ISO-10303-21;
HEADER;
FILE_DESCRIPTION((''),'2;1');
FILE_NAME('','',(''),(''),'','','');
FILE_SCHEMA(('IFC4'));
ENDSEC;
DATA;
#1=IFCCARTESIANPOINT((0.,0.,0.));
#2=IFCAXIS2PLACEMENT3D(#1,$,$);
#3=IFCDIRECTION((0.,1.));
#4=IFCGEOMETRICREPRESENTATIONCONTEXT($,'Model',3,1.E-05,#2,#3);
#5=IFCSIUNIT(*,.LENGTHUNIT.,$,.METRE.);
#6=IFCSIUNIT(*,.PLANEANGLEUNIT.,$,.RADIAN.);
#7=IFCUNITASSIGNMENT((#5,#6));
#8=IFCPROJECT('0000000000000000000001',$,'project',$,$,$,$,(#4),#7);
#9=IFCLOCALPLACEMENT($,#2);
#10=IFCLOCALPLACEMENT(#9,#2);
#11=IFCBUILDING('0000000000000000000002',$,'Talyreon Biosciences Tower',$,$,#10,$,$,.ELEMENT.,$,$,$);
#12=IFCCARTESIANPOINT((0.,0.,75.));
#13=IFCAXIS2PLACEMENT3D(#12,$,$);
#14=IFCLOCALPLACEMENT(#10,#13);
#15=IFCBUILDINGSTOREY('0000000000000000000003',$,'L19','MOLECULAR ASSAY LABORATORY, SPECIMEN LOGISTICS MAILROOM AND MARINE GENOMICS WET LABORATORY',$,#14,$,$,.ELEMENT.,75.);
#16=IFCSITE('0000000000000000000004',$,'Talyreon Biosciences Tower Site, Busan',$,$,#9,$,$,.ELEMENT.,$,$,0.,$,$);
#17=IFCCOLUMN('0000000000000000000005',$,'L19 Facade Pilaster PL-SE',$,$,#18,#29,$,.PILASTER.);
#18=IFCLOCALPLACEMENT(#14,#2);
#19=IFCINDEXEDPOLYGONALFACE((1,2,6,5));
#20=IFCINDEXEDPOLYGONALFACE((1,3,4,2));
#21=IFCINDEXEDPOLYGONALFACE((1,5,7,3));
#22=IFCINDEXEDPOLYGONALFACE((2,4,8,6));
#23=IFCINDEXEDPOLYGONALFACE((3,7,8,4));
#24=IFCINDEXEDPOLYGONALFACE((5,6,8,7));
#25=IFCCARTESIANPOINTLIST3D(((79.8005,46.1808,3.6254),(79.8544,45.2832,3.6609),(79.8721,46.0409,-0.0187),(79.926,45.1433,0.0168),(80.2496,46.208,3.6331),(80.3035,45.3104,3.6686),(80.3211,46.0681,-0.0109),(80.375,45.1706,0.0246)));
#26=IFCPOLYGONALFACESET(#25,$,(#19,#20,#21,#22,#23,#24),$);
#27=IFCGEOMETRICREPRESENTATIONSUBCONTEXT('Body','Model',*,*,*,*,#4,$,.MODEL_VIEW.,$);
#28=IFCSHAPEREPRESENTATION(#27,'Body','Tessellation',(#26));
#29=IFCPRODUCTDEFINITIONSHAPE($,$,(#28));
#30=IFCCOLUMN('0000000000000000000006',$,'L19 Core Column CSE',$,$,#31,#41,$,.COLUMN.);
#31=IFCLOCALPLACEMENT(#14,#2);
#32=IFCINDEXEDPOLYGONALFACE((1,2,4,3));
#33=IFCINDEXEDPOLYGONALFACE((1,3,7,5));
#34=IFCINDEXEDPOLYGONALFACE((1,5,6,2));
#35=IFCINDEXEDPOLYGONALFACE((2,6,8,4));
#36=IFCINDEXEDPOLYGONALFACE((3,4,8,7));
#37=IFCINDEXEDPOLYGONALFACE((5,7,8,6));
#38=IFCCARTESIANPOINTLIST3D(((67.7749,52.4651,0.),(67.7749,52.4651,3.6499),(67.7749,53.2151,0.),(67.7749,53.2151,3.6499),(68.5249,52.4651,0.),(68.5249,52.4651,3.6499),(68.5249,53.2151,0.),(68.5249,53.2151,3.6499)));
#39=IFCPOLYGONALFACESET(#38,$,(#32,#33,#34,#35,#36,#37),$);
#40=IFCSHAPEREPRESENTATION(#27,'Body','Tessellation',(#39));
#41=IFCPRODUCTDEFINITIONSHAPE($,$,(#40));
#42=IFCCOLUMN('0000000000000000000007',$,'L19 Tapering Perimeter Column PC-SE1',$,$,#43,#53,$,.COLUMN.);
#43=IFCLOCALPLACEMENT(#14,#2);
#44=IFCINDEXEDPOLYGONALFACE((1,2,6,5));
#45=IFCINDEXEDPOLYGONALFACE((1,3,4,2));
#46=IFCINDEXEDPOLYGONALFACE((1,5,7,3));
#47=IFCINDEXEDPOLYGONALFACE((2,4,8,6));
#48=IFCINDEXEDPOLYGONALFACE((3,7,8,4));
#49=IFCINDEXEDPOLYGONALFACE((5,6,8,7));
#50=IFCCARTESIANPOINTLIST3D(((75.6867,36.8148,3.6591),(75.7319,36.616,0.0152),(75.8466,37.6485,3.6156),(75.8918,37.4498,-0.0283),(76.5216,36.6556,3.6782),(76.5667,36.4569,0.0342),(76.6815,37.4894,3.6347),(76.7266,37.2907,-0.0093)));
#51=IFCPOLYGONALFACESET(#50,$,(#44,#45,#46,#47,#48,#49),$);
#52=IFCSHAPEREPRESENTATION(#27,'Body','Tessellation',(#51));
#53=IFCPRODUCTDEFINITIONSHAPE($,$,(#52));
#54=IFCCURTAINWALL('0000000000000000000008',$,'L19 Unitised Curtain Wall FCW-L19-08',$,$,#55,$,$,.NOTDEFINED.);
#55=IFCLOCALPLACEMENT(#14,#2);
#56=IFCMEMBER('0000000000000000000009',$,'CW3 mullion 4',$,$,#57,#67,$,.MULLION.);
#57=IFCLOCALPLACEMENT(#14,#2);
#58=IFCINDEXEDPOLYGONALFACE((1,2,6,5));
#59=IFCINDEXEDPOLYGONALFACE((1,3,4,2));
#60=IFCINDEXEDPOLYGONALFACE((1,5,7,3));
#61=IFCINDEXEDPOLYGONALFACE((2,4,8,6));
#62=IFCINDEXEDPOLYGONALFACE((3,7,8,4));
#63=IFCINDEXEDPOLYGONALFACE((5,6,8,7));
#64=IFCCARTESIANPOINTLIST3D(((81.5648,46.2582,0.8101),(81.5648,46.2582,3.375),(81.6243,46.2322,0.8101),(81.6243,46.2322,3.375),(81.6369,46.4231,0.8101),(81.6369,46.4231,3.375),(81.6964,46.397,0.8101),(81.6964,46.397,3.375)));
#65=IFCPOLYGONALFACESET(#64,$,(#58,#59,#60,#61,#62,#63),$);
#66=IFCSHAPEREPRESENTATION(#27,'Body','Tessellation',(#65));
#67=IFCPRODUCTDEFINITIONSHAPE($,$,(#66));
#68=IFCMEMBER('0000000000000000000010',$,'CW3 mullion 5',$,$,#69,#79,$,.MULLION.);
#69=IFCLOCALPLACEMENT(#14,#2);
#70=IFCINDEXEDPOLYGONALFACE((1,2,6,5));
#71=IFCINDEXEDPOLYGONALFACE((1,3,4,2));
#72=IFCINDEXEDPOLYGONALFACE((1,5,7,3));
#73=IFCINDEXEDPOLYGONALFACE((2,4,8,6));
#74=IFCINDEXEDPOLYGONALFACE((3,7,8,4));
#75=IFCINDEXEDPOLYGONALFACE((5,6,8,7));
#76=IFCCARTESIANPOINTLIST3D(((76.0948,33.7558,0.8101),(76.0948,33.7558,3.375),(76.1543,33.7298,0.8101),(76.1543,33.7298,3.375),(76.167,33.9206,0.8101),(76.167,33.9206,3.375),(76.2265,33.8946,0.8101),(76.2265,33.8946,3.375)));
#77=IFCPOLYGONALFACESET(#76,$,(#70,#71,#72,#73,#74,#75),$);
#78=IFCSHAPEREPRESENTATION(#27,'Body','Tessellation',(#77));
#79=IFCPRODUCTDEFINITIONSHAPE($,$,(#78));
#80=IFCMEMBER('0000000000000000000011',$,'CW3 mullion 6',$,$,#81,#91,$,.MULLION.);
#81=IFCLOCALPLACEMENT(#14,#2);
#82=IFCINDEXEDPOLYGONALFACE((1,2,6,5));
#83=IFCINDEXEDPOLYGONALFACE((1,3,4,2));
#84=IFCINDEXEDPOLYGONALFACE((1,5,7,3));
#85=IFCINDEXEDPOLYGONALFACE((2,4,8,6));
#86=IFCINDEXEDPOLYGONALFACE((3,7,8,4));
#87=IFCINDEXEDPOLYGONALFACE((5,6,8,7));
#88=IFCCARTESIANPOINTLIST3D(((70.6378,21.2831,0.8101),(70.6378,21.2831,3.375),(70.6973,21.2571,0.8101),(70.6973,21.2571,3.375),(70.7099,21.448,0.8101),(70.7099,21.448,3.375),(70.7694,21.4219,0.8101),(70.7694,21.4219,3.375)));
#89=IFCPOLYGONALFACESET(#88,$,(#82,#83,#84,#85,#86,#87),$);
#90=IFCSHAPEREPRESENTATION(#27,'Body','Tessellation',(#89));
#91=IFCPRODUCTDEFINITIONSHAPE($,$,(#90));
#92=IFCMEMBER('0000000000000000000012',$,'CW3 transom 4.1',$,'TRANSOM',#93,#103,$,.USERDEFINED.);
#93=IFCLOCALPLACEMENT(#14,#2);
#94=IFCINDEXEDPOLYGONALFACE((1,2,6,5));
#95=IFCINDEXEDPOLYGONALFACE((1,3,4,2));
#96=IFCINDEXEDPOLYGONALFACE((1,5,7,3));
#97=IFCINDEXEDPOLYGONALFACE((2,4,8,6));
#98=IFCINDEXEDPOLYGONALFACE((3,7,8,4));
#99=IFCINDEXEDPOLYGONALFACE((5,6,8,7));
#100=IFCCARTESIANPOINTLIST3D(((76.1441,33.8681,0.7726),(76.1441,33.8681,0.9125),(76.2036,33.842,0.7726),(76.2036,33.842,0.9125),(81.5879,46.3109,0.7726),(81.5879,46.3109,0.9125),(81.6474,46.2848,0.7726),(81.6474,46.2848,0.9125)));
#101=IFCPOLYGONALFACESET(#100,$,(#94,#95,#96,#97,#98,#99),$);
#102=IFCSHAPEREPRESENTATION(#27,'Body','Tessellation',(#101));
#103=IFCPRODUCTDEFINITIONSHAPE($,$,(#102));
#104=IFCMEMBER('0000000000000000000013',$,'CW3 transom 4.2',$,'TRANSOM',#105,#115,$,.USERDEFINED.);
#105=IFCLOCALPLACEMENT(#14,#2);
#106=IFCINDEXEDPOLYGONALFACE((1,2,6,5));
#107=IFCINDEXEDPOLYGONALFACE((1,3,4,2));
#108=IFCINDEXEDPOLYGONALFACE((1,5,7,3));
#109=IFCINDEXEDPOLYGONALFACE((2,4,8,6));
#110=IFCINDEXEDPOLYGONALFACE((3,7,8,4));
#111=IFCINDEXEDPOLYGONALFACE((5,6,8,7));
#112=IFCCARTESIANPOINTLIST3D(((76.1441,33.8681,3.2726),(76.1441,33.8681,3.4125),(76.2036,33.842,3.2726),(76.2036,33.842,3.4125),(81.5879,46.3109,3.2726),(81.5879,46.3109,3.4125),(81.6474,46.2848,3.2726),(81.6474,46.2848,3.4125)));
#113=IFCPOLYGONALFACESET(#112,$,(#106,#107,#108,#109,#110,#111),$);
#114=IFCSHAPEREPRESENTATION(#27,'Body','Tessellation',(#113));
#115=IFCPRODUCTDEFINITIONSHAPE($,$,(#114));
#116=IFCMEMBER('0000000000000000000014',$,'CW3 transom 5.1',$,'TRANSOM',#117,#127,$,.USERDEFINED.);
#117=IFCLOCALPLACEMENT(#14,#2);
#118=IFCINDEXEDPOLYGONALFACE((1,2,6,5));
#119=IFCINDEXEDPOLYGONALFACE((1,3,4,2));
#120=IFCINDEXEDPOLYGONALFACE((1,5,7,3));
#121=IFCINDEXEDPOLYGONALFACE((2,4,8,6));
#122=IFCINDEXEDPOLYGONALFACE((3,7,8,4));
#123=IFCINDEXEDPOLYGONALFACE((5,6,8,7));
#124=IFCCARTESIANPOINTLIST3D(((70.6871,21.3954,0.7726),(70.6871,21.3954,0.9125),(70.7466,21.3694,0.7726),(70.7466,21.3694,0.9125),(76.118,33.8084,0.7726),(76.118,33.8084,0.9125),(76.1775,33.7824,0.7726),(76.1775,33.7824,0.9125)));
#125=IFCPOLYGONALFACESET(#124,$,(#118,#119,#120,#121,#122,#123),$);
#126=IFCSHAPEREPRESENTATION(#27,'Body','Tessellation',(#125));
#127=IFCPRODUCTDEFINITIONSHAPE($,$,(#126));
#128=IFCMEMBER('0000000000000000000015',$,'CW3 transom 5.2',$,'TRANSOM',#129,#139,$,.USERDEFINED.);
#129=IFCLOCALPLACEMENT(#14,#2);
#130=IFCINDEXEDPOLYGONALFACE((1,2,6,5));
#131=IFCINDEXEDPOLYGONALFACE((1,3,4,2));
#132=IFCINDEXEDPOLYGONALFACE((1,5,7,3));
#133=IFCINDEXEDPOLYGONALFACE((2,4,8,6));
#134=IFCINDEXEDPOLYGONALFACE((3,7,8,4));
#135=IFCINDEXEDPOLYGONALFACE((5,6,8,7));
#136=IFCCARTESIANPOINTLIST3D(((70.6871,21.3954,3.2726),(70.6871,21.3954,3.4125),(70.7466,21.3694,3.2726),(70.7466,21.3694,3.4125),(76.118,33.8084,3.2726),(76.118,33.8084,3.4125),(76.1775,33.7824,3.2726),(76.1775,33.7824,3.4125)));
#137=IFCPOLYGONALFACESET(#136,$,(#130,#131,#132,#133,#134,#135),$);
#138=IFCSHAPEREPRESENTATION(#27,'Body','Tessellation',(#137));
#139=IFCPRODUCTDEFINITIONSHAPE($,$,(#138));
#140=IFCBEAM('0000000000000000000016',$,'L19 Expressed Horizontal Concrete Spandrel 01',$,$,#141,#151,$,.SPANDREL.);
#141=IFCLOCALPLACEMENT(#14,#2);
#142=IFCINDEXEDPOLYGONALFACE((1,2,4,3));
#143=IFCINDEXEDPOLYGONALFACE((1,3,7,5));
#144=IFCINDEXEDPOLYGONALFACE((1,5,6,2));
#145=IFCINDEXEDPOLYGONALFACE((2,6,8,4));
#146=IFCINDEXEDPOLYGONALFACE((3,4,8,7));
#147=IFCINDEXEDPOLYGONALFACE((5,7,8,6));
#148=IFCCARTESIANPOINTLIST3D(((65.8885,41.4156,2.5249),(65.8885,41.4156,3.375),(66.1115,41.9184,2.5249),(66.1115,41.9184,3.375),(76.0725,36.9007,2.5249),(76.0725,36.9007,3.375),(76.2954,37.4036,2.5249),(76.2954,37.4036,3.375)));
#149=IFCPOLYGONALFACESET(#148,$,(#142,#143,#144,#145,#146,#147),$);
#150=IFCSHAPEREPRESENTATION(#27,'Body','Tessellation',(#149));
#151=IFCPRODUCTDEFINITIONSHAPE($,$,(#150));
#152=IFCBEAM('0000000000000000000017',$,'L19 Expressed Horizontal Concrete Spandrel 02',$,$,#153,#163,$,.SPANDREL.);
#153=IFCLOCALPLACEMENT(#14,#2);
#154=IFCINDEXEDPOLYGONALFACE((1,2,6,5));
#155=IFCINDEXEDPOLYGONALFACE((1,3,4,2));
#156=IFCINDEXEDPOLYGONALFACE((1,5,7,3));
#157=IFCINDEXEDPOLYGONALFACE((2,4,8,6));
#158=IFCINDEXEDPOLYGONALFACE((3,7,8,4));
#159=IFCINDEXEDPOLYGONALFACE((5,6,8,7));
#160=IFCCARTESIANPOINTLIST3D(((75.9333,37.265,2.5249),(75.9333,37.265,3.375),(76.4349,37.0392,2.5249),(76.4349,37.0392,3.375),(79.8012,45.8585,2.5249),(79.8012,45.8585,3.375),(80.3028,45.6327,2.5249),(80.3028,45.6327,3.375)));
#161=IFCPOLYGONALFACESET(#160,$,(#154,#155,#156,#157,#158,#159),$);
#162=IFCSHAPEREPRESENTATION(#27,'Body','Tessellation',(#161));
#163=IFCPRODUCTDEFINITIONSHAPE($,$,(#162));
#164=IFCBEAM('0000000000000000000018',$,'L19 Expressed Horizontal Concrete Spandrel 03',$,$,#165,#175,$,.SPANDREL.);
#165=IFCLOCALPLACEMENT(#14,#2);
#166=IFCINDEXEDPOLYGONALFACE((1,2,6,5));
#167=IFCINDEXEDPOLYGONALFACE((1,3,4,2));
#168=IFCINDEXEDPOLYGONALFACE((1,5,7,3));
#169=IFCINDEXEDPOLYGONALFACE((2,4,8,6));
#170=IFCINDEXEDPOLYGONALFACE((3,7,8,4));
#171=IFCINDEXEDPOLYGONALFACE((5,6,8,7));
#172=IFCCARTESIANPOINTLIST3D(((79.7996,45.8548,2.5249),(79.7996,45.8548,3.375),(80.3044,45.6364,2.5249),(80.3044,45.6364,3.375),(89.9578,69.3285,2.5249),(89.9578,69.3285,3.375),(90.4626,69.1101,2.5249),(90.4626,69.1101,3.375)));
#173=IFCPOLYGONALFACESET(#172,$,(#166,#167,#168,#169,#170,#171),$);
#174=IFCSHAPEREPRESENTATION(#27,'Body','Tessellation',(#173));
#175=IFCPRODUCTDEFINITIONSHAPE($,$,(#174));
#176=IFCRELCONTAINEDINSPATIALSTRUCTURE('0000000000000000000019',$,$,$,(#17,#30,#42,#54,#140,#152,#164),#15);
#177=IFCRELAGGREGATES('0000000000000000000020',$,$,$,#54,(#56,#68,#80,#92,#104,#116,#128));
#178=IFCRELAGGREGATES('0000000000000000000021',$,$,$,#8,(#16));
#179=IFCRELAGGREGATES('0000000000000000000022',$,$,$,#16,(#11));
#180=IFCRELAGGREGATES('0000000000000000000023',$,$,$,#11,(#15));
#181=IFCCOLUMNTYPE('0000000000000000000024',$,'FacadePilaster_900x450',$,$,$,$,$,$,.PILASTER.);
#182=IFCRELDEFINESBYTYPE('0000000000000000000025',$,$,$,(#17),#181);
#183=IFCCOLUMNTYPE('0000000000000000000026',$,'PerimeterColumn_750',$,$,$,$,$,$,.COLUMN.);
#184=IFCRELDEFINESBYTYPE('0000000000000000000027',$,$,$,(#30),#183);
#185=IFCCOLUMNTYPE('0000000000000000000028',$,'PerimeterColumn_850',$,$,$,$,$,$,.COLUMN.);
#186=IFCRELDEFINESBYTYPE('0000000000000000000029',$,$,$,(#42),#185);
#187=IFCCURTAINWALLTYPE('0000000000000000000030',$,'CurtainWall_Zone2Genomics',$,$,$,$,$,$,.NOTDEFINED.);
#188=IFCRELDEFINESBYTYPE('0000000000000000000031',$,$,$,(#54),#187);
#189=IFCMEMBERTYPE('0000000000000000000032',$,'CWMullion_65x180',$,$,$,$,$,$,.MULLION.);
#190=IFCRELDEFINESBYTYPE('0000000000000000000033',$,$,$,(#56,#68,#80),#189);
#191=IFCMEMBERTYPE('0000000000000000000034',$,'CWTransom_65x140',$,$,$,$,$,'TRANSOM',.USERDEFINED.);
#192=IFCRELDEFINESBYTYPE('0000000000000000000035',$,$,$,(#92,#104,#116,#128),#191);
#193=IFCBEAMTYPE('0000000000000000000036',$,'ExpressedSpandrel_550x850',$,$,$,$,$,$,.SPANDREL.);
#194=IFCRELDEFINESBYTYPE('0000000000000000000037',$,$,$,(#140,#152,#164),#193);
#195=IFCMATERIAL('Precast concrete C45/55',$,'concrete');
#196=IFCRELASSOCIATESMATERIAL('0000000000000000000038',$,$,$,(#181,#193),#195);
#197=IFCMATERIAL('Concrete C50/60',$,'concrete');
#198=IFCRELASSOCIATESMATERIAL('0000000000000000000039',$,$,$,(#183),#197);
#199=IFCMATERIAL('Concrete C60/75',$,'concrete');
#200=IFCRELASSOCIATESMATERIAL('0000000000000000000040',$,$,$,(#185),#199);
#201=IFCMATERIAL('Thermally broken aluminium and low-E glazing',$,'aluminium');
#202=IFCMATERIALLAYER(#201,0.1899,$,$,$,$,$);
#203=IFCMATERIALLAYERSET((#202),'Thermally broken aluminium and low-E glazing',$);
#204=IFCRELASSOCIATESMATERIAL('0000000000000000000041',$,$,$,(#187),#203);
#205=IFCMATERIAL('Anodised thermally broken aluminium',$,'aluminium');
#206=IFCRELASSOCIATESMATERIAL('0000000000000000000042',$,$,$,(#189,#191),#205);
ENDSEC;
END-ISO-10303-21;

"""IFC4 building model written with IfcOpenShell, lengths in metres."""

from ifc_helpers import new_model, si_unit, direction, frame, origin, origin_2d, place, context, subcontext, project, spatial, rectangle, extrude, material, layer, layer_set, material_profile, profile_set, type_object, element, aggregate, save


model = new_model("IFC4")

# Units and contexts
model_context = context("Model", 3, precision=1e-05, world=origin(), true_north=direction((0.0, 1.0)))
body_context = subcontext(model_context, "Body", "Model", "MODEL_VIEW")
ifc_project = project(units=[si_unit("LENGTHUNIT", "METRE"), si_unit("PLANEANGLEUNIT", "RADIAN")], contexts=[model_context])

# Site, building, storey
site_placement = place(None, origin())
site = spatial("IfcSite", under=ifc_project, at=site_placement, Name="Talyreon Biosciences Tower Site, Busan", CompositionType="ELEMENT", RefElevation=0.0)
building_placement = place(site_placement, origin())
building = spatial("IfcBuilding", under=site, at=building_placement, Name="Talyreon Biosciences Tower", CompositionType="ELEMENT")
storey_placement = place(building_placement, frame((0.0, 0.0, 75.0)))
storey = spatial("IfcBuildingStorey", under=building, at=storey_placement, Name="L19", Description="MOLECULAR ASSAY LABORATORY, SPECIMEN LOGISTICS MAILROOM AND MARINE GENOMICS WET LABORATORY", CompositionType="ELEMENT", Elevation=75.0)

# Columns
ifc_material_1 = material(Name="Precast concrete C45/55", Category="concrete")
ifc_material_profile_1 = material_profile(ifc_material_1, rectangle(XDim=0.8999, YDim=0.45, at=origin_2d()), Name="RC 900x450")
ifc_profile_set_1 = profile_set([ifc_material_profile_1], Name="Precast concrete C45/55")
column_type_1 = type_object("IfcColumnType", Name="FacadePilaster_900x450", PredefinedType="PILASTER", material=ifc_profile_set_1)
column_1_placement = place(storey_placement, frame((80.1235, 45.6057, 0.0029), z_axis=(-0.019612, 0.038354, 0.999072), x_axis=(0.059889, -0.997425, 0.039466)))
element("IfcColumn", 1, at=column_1_placement, inside=storey, type_object=column_type_1, Name="L19 Facade Pilaster PL-SE", PredefinedType="PILASTER", context=body_context, shape_type="SweptSolid", body=[
    extrude(rectangle(XDim=0.8999, YDim=0.45, at=origin_2d()), origin(), (0.0, 0.0, 1.0), 3.6475),
])
ifc_material_2 = material(Name="Concrete C50/60", Category="concrete")
ifc_material_profile_2 = material_profile(ifc_material_2, rectangle(XDim=0.75, YDim=0.75, at=origin_2d()), Name="RC 750x750")
ifc_profile_set_2 = profile_set([ifc_material_profile_2], Name="Concrete C50/60")
column_type_2 = type_object("IfcColumnType", Name="PerimeterColumn_750", PredefinedType="COLUMN", material=ifc_profile_set_2)
column_2_placement = place(storey_placement, frame((68.1499, 52.8401, 0.0), z_axis=(0.0, 0.0, 1.0), x_axis=(1.0, 0.0, 0.0)))
element("IfcColumn", 2, at=column_2_placement, inside=storey, type_object=column_type_2, Name="L19 Core Column CSE", PredefinedType="COLUMN", context=body_context, shape_type="SweptSolid", body=[
    extrude(rectangle(XDim=0.75, YDim=0.75, at=origin_2d()), origin(), (0.0, 0.0, 1.0), 3.6499),
])
ifc_material_3 = material(Name="Concrete C60/75", Category="concrete")
ifc_material_profile_3 = material_profile(ifc_material_3, rectangle(XDim=0.8501, YDim=0.8501, at=origin_2d()), Name="RC 850x850")
ifc_profile_set_3 = profile_set([ifc_material_profile_3], Name="Concrete C60/75")
column_type_3 = type_object("IfcColumnType", Name="PerimeterColumn_850", PredefinedType="COLUMN", material=ifc_profile_set_3)
column_3_placement = place(storey_placement, frame((76.2292, 36.9534, 0.0029), z_axis=(-0.012375, 0.054451, 0.99844), x_axis=(-0.188088, -0.980819, 0.051158)))
element("IfcColumn", 3, at=column_3_placement, inside=storey, type_object=column_type_3, Name="L19 Tapering Perimeter Column PC-SE1", PredefinedType="COLUMN", context=body_context, shape_type="SweptSolid", body=[
    extrude(rectangle(XDim=0.8501, YDim=0.8501, at=origin_2d()), origin(), (0.0, 0.0, 1.0), 3.6497),
])

# Curtain wall, members
ifc_material_4 = material(Name="Thermally broken aluminium and low-E glazing", Category="aluminium")
ifc_layer_1 = layer(ifc_material_4, 0.1899)
ifc_layer_set_1 = layer_set([ifc_layer_1], Name="Thermally broken aluminium and low-E glazing")
curtain_wall_type = type_object("IfcCurtainWallType", Name="CurtainWall_Zone2Genomics", PredefinedType="NOTDEFINED", material=ifc_layer_set_1)
curtain_wall_placement = place(storey_placement, origin())
curtain_wall = element("IfcCurtainWall", 4, at=curtain_wall_placement, inside=storey, type_object=curtain_wall_type, Name="L19 Unitised Curtain Wall FCW-L19-08", PredefinedType="NOTDEFINED")
ifc_material_5 = material(Name="Anodised thermally broken aluminium", Category="aluminium")
ifc_material_profile_4 = material_profile(ifc_material_5, rectangle(XDim=0.0649, YDim=0.1799, at=origin_2d()), Name="ALUM MULLION 65x180")
ifc_profile_set_4 = profile_set([ifc_material_profile_4], Name="Anodised thermally broken aluminium")
member_type_1 = type_object("IfcMemberType", Name="CWMullion_65x180", PredefinedType="MULLION", material=ifc_profile_set_4)
member_1_placement = place(storey_placement, frame((81.6306, 46.3276, 0.8101), z_axis=(0.0, 0.0, 1.0), x_axis=(0.916152, -0.400831, 0.0)))
member_1 = element("IfcMember", 5, at=member_1_placement, type_object=member_type_1, Name="CW3 mullion 4", PredefinedType="MULLION", context=body_context, shape_type="SweptSolid", body=[
    extrude(rectangle(XDim=0.0649, YDim=0.1799, at=origin_2d()), origin(), (0.0, 0.0, 1.0), 2.5649),
])
member_2_placement = place(storey_placement, frame((76.1606, 33.8252, 0.8101), z_axis=(0.0, 0.0, 1.0), x_axis=(0.916152, -0.400831, 0.0)))
member_2 = element("IfcMember", 6, at=member_2_placement, type_object=member_type_1, Name="CW3 mullion 5", PredefinedType="MULLION", context=body_context, shape_type="SweptSolid", body=[
    extrude(rectangle(XDim=0.0649, YDim=0.1799, at=origin_2d()), origin(), (0.0, 0.0, 1.0), 2.5649),
])
member_3_placement = place(storey_placement, frame((70.7036, 21.3525, 0.8101), z_axis=(0.0, 0.0, 1.0), x_axis=(0.916152, -0.400831, 0.0)))
member_3 = element("IfcMember", 7, at=member_3_placement, type_object=member_type_1, Name="CW3 mullion 6", PredefinedType="MULLION", context=body_context, shape_type="SweptSolid", body=[
    extrude(rectangle(XDim=0.0649, YDim=0.1799, at=origin_2d()), origin(), (0.0, 0.0, 1.0), 2.5649),
])
ifc_material_profile_5 = material_profile(ifc_material_5, rectangle(XDim=0.0649, YDim=0.1399, at=origin_2d()), Name="ALUM TRANSOM 65x140")
ifc_profile_set_5 = profile_set([ifc_material_profile_5], Name="Anodised thermally broken aluminium")
member_type_2 = type_object("IfcMemberType", Name="CWTransom_65x140", ElementType="TRANSOM", PredefinedType="USERDEFINED", material=ifc_profile_set_5)
member_4_placement = place(storey_placement, frame((81.6177, 46.2979, 0.8425), z_axis=(-0.400824, -0.916155, 0.0), x_axis=(0.916155, -0.400824, 0.0)))
member_4 = element("IfcMember", 8, at=member_4_placement, type_object=member_type_2, Name="CW3 transom 4.1", ObjectType="TRANSOM", PredefinedType="USERDEFINED", context=body_context, shape_type="SweptSolid", body=[
    extrude(rectangle(XDim=0.0649, YDim=0.1399, at=origin_2d()), origin(), (0.0, 0.0, 1.0), 13.5815),
])
member_5_placement = place(storey_placement, frame((81.6177, 46.2979, 3.3425), z_axis=(-0.400824, -0.916155, 0.0), x_axis=(0.916155, -0.400824, 0.0)))
member_5 = element("IfcMember", 9, at=member_5_placement, type_object=member_type_2, Name="CW3 transom 4.2", ObjectType="TRANSOM", PredefinedType="USERDEFINED", context=body_context, shape_type="SweptSolid", body=[
    extrude(rectangle(XDim=0.0649, YDim=0.1399, at=origin_2d()), origin(), (0.0, 0.0, 1.0), 13.5815),
])
member_6_placement = place(storey_placement, frame((76.1477, 33.7954, 0.8425), z_axis=(-0.40083, -0.916152, 0.0), x_axis=(0.916152, -0.40083, 0.0)))
member_6 = element("IfcMember", 10, at=member_6_placement, type_object=member_type_2, Name="CW3 transom 5.1", ObjectType="TRANSOM", PredefinedType="USERDEFINED", context=body_context, shape_type="SweptSolid", body=[
    extrude(rectangle(XDim=0.0649, YDim=0.1399, at=origin_2d()), origin(), (0.0, 0.0, 1.0), 13.5491),
])
member_7_placement = place(storey_placement, frame((76.1477, 33.7954, 3.3425), z_axis=(-0.40083, -0.916152, 0.0), x_axis=(0.916152, -0.40083, 0.0)))
member_7 = element("IfcMember", 11, at=member_7_placement, type_object=member_type_2, Name="CW3 transom 5.2", ObjectType="TRANSOM", PredefinedType="USERDEFINED", context=body_context, shape_type="SweptSolid", body=[
    extrude(rectangle(XDim=0.0649, YDim=0.1399, at=origin_2d()), origin(), (0.0, 0.0, 1.0), 13.5491),
])

# Beams
ifc_material_profile_6 = material_profile(ifc_material_1, rectangle(XDim=0.55, YDim=0.8501, at=origin_2d()), Name="RCB 550x850")
ifc_profile_set_6 = profile_set([ifc_material_profile_6], Name="Precast concrete C45/55")
beam_type_1 = type_object("IfcBeamType", Name="ExpressedSpandrel_550x850", PredefinedType="SPANDREL", material=ifc_profile_set_6)
beam_1_placement = place(storey_placement, frame((66.0, 41.667, 2.95), z_axis=(0.91419, -0.405286, 0.0), x_axis=(0.405286, 0.91419, 0.0)))
element("IfcBeam", 12, at=beam_1_placement, inside=storey, type_object=beam_type_1, Name="L19 Expressed Horizontal Concrete Spandrel 01", PredefinedType="SPANDREL", context=body_context, shape_type="SweptSolid", body=[
    extrude(rectangle(XDim=0.55, YDim=0.8501, at=origin_2d()), origin(), (0.0, 0.0, 1.0), 11.1399),
])
beam_2_placement = place(storey_placement, frame((76.1841, 37.1521, 2.95), z_axis=(0.410439, 0.911888, 0.0), x_axis=(-0.911888, 0.410439, 0.0)))
element("IfcBeam", 13, at=beam_2_placement, inside=storey, type_object=beam_type_1, Name="L19 Expressed Horizontal Concrete Spandrel 02", PredefinedType="SPANDREL", context=body_context, shape_type="SweptSolid", body=[
    extrude(rectangle(XDim=0.55, YDim=0.8501, at=origin_2d()), origin(), (0.0, 0.0, 1.0), 9.4238),
])
beam_3_placement = place(storey_placement, frame((80.052, 45.7456, 2.95), z_axis=(0.397156, 0.917751, 0.0), x_axis=(-0.917751, 0.397156, 0.0)))
element("IfcBeam", 14, at=beam_3_placement, inside=storey, type_object=beam_type_1, Name="L19 Expressed Horizontal Concrete Spandrel 03", PredefinedType="SPANDREL", context=body_context, shape_type="SweptSolid", body=[
    extrude(rectangle(XDim=0.55, YDim=0.8501, at=origin_2d()), origin(), (0.0, 0.0, 1.0), 25.5774),
])

aggregate(curtain_wall, [member_1, member_2, member_3, member_4, member_5, member_6, member_7])

save(model, "model.ifc")
